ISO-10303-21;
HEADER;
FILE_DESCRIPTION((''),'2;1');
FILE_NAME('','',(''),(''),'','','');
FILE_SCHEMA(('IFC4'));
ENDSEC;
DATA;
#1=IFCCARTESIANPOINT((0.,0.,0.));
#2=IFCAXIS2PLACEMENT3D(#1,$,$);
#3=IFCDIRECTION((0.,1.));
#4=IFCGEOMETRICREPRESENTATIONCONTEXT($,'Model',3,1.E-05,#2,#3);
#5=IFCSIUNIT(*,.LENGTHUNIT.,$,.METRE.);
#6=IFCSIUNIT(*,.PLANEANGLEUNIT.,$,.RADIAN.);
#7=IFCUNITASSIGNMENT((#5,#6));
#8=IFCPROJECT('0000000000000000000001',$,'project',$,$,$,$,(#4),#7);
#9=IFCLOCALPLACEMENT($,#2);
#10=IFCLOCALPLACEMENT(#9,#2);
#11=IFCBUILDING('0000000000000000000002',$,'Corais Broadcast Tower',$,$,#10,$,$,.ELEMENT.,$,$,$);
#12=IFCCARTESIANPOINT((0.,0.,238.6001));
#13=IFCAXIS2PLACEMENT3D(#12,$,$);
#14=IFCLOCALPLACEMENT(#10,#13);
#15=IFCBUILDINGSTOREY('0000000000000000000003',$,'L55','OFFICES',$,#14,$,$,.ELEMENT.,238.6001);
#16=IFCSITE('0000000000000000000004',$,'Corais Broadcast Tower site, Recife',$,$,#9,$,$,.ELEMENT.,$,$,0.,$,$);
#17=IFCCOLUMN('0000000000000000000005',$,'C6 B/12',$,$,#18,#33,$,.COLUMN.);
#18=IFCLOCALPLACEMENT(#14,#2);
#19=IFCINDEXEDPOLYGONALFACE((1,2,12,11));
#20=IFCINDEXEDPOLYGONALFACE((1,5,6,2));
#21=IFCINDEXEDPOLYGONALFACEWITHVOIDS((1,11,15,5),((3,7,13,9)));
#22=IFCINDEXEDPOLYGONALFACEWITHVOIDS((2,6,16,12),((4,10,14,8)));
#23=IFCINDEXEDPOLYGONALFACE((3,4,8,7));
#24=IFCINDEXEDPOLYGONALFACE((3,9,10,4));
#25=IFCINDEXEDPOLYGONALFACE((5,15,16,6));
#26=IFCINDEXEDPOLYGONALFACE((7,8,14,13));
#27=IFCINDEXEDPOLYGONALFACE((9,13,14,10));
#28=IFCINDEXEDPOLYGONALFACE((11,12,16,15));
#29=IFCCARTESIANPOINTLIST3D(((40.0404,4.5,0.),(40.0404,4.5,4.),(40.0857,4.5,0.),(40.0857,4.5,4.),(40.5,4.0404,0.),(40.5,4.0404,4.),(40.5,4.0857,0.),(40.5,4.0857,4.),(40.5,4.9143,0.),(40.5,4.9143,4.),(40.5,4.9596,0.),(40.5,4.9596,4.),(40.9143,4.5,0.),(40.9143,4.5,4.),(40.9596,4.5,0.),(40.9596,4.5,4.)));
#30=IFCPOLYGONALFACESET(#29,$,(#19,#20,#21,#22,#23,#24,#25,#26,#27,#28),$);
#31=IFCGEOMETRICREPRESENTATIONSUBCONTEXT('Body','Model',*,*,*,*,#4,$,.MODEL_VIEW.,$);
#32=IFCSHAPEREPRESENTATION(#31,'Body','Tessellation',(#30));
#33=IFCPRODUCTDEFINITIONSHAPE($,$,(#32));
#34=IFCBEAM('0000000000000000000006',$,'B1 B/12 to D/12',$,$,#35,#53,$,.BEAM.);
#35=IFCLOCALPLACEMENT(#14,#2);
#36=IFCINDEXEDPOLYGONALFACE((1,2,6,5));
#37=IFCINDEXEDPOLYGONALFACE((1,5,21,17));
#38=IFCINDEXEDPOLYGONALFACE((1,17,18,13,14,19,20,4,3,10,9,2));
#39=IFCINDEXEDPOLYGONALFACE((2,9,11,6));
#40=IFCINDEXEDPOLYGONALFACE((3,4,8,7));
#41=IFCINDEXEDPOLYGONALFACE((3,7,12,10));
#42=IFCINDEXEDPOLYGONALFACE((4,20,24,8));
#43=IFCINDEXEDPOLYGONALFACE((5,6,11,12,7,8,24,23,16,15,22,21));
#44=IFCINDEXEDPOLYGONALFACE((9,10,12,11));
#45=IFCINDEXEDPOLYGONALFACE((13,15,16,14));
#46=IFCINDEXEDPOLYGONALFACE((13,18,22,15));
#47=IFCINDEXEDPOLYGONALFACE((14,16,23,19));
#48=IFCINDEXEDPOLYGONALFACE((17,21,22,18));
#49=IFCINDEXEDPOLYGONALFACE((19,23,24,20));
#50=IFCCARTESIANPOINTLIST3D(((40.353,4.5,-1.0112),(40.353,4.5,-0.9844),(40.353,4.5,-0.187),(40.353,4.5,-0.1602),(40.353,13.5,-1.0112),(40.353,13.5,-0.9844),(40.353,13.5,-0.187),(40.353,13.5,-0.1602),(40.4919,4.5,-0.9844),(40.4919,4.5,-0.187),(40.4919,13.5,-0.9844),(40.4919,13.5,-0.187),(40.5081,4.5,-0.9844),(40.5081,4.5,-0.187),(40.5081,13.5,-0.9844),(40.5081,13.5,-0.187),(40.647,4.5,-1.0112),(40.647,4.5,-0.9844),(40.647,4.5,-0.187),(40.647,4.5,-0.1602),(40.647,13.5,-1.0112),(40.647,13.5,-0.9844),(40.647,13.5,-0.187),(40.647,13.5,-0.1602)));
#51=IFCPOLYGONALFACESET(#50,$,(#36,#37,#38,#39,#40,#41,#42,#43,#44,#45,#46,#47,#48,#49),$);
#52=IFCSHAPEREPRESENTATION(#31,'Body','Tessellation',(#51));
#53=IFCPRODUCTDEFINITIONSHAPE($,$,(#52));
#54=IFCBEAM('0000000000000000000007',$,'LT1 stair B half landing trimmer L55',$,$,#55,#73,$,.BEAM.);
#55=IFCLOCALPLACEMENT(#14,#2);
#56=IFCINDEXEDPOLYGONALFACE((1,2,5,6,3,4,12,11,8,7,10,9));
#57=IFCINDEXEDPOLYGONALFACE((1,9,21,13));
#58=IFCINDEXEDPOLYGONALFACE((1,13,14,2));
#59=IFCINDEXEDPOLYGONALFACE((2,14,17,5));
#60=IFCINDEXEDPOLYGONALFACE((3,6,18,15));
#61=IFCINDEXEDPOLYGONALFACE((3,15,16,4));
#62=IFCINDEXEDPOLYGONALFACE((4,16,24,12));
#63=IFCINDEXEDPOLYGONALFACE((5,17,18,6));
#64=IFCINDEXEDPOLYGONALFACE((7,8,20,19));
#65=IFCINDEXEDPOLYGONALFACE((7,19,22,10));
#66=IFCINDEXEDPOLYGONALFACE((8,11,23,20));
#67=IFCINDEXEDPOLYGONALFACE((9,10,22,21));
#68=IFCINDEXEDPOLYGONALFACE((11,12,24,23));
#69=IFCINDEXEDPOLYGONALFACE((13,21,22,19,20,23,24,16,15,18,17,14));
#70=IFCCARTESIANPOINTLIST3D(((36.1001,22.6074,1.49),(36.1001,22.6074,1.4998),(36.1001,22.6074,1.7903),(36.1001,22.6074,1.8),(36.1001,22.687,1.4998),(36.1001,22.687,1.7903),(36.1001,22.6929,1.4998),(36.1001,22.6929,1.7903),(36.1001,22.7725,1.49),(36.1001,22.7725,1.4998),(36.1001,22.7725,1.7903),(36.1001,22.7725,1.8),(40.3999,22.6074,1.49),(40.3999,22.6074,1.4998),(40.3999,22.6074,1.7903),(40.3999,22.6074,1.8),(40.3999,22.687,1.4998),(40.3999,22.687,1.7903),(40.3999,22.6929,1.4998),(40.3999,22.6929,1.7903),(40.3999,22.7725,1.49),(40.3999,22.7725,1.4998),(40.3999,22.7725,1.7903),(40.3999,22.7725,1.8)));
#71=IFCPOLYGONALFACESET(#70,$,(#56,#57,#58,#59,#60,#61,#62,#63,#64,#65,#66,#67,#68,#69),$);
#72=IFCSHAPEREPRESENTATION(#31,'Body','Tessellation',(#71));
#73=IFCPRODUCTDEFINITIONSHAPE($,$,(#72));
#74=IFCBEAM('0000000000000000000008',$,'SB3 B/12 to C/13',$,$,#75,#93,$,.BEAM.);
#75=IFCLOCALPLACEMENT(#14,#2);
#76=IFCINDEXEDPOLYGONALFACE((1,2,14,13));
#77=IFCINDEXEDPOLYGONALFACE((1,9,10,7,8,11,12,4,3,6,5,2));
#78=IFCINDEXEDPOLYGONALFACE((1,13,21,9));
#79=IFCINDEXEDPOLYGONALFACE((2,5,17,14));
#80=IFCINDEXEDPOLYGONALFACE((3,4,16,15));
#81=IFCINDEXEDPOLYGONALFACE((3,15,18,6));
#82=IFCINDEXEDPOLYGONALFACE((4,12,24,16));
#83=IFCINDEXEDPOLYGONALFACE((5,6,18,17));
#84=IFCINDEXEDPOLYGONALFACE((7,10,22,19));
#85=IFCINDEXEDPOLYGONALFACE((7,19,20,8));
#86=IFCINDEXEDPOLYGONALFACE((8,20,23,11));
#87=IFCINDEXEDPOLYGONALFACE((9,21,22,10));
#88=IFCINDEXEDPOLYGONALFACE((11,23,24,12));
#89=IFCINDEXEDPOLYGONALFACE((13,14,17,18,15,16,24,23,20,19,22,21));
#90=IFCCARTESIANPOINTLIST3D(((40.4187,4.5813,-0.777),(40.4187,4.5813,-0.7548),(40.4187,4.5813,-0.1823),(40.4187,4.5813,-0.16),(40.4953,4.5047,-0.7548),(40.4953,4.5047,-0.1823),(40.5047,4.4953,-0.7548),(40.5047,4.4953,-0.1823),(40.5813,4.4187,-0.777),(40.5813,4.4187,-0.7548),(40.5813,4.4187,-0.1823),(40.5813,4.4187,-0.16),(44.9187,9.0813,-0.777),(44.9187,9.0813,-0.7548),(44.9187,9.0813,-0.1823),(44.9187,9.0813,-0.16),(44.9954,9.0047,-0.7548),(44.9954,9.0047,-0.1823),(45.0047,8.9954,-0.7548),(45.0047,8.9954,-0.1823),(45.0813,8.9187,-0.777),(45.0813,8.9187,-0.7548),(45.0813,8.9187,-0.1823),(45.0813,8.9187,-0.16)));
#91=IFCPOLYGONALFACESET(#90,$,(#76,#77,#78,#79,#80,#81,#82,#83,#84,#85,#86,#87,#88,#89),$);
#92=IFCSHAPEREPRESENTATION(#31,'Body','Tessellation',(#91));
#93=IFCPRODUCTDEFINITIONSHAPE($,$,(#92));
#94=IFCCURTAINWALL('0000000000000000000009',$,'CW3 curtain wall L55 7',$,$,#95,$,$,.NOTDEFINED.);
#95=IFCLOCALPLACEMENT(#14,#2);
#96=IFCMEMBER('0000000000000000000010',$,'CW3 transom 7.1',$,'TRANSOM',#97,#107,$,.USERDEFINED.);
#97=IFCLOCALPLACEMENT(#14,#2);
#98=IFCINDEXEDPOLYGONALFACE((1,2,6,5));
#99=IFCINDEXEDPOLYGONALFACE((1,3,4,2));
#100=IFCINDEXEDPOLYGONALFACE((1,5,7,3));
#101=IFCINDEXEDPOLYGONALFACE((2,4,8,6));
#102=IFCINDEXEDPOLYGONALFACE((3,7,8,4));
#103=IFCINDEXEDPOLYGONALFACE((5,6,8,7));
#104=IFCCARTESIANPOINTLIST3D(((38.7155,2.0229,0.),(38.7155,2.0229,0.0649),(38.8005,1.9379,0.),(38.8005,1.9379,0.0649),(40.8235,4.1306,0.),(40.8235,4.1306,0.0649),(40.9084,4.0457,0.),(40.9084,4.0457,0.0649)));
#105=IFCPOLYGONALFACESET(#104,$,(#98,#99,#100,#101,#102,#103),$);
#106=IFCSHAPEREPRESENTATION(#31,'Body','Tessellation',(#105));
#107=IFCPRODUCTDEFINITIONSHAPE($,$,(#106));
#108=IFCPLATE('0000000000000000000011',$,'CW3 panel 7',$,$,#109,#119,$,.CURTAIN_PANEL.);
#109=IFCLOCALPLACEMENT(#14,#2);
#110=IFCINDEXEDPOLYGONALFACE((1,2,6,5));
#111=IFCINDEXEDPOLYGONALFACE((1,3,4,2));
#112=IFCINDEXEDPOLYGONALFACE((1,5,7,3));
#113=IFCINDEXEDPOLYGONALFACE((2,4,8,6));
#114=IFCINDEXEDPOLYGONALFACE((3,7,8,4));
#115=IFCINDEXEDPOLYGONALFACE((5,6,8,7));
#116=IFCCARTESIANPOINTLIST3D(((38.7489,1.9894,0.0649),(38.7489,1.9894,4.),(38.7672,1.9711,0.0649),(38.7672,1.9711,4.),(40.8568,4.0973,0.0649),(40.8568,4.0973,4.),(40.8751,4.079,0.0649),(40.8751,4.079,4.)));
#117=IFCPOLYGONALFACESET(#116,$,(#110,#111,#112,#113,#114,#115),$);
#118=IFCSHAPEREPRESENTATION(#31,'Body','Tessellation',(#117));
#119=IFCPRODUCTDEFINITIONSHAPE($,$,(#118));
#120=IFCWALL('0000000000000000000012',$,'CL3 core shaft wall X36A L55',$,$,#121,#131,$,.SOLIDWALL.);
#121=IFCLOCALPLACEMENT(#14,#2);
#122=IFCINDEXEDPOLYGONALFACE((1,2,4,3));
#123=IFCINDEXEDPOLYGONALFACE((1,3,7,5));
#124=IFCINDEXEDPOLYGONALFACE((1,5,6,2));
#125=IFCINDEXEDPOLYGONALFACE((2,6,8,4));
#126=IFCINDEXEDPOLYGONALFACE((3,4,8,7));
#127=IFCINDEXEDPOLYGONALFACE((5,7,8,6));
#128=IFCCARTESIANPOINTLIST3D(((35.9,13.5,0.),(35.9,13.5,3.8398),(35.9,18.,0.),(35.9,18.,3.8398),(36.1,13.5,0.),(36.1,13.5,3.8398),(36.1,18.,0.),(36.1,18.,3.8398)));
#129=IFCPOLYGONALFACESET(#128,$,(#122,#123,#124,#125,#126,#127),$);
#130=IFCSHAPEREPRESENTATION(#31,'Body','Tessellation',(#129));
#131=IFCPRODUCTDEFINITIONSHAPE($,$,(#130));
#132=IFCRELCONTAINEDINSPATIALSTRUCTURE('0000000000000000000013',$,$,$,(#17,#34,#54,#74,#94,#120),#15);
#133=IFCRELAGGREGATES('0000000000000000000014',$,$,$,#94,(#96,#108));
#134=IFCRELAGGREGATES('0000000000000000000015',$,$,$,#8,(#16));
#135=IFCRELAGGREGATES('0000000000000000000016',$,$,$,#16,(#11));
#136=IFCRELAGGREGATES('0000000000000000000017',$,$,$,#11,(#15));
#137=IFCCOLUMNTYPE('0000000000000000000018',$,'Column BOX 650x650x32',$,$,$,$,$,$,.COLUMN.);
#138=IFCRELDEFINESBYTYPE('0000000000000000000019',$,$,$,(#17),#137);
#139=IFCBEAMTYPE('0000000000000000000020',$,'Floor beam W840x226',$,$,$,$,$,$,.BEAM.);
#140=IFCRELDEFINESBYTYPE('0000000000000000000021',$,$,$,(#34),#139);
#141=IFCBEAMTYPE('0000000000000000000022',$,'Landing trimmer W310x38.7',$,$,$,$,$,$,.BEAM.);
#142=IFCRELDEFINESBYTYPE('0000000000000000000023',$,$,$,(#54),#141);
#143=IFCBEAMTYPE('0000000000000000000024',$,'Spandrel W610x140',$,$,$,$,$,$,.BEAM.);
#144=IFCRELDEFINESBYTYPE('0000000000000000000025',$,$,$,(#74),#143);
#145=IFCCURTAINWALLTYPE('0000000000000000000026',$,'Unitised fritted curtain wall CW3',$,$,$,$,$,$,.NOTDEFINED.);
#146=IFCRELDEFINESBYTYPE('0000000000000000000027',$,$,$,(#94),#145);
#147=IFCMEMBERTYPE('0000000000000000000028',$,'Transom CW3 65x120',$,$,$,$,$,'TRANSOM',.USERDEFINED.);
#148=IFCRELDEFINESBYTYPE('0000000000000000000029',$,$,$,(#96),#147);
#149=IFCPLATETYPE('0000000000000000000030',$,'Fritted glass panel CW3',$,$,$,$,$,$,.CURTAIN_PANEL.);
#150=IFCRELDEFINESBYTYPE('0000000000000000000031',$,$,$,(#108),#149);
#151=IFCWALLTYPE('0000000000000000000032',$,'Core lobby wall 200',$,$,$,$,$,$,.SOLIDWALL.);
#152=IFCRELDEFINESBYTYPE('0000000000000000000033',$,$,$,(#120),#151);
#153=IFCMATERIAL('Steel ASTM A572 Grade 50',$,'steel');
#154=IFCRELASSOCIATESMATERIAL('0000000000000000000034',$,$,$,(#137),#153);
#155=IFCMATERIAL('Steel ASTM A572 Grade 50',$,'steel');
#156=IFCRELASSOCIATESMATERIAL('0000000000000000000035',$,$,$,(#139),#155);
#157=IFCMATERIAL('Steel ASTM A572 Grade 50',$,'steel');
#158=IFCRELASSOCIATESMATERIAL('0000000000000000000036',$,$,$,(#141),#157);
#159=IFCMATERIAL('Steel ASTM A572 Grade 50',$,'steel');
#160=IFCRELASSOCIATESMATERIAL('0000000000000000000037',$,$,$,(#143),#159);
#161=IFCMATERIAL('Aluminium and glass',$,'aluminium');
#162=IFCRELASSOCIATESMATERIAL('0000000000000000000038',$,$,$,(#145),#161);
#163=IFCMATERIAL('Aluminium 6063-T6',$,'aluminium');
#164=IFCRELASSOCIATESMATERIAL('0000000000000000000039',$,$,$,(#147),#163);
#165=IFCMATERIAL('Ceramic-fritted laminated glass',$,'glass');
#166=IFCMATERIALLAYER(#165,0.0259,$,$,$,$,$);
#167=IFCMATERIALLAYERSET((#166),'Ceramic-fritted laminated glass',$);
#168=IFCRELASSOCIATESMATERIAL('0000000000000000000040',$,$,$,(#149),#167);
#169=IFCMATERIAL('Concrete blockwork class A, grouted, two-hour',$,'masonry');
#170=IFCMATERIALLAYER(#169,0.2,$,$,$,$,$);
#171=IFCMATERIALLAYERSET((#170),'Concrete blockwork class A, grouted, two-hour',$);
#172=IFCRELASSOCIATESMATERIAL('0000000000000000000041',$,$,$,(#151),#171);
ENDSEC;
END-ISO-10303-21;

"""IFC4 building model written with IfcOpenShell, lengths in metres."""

from ifc_helpers import new_model, si_unit, direction, frame, frame_2d, origin, origin_2d, place, context, subcontext, project, spatial, rectangle, hollow_rectangle, i_section, extrude, material, layer, layer_set, material_profile, profile_set, type_object, element, aggregate, save


model = new_model("IFC4")

# Units and contexts
model_context = context("Model", 3, precision=1e-05, world=origin(), true_north=direction((0.0, 1.0)))
body_context = subcontext(model_context, "Body", "Model", "MODEL_VIEW")
ifc_project = project(units=[si_unit("LENGTHUNIT", "METRE"), si_unit("PLANEANGLEUNIT", "RADIAN")], contexts=[model_context])

# Site, building, storey
site_placement = place(None, origin())
site = spatial("IfcSite", under=ifc_project, at=site_placement, Name="Corais Broadcast Tower site, Recife", CompositionType="ELEMENT", RefElevation=0.0)
building_placement = place(site_placement, origin())
building = spatial("IfcBuilding", under=site, at=building_placement, Name="Corais Broadcast Tower", CompositionType="ELEMENT")
storey_placement = place(building_placement, frame((0.0, 0.0, 238.6001)))
storey = spatial("IfcBuildingStorey", under=building, at=storey_placement, Name="L55", Description="OFFICES", CompositionType="ELEMENT", Elevation=238.6001)

# Column
ifc_material_1 = material(Name="Steel ASTM A572 Grade 50", Category="steel")
ifc_material_profile_1 = material_profile(ifc_material_1, hollow_rectangle(XDim=0.6499, YDim=0.6499, WallThickness=0.032, at=origin_2d()), Name="BOX 650x650x32")
ifc_profile_set_1 = profile_set([ifc_material_profile_1], Name="Steel ASTM A572 Grade 50")
column_type = type_object("IfcColumnType", Name="Column BOX 650x650x32", PredefinedType="COLUMN", material=ifc_profile_set_1)
column_placement = place(storey_placement, frame((40.5, 4.5, 0.0), z_axis=(0.0, 0.0, 1.0), x_axis=(0.707107, 0.707107, 0.0)))
element("IfcColumn", 1, at=column_placement, inside=storey, type_object=column_type, Name="C6 B/12", PredefinedType="COLUMN", context=body_context, shape_type="SweptSolid", body=[
    extrude(hollow_rectangle(XDim=0.6499, YDim=0.6499, WallThickness=0.032, at=origin_2d()), origin(), (0.0, 0.0, 1.0), 4.0),
])

# Beams
ifc_material_2 = material(Name="Steel ASTM A572 Grade 50", Category="steel")
ifc_material_profile_2 = material_profile(ifc_material_2, i_section(OverallWidth=0.2939, OverallDepth=0.8511, WebThickness=0.0161, FlangeThickness=0.0269, at=origin_2d()), Name="W840x226")
ifc_profile_set_2 = profile_set([ifc_material_profile_2], Name="Steel ASTM A572 Grade 50")
beam_type_1 = type_object("IfcBeamType", Name="Floor beam W840x226", PredefinedType="BEAM", material=ifc_profile_set_2)
beam_1_placement = place(storey_placement, frame((40.5, 4.5, -0.5857), z_axis=(0.0, 1.0, 0.0), x_axis=(-1.0, 0.0, 0.0)))
element("IfcBeam", 2, at=beam_1_placement, inside=storey, type_object=beam_type_1, Name="B1 B/12 to D/12", PredefinedType="BEAM", context=body_context, shape_type="SweptSolid", body=[
    extrude(i_section(OverallWidth=0.2939, OverallDepth=0.8511, WebThickness=0.0161, FlangeThickness=0.0269, at=origin_2d()), origin(), (0.0, 0.0, 1.0), 9.0),
])
ifc_material_3 = material(Name="Steel ASTM A572 Grade 50", Category="steel")
ifc_material_profile_3 = material_profile(ifc_material_3, i_section(OverallWidth=0.165, OverallDepth=0.3101, WebThickness=0.0059, FlangeThickness=0.0098, at=origin_2d()), Name="W310x38.7")
ifc_profile_set_3 = profile_set([ifc_material_profile_3], Name="Steel ASTM A572 Grade 50")
beam_type_2 = type_object("IfcBeamType", Name="Landing trimmer W310x38.7", PredefinedType="BEAM", material=ifc_profile_set_3)
beam_2_placement = place(storey_placement, frame((36.1001, 22.6899, 1.645), z_axis=(1.0, 0.0, 0.0), x_axis=(0.0, 1.0, 0.0)))
element("IfcBeam", 3, at=beam_2_placement, inside=storey, type_object=beam_type_2, Name="LT1 stair B half landing trimmer L55", PredefinedType="BEAM", context=body_context, shape_type="SweptSolid", body=[
    extrude(i_section(OverallWidth=0.165, OverallDepth=0.3101, WebThickness=0.0059, FlangeThickness=0.0098, at=origin_2d()), origin(), (0.0, 0.0, 1.0), 4.2998),
])
ifc_material_4 = material(Name="Steel ASTM A572 Grade 50", Category="steel")
ifc_material_profile_4 = material_profile(ifc_material_4, i_section(OverallWidth=0.23, OverallDepth=0.6169, WebThickness=0.0132, FlangeThickness=0.0222, at=origin_2d()), Name="W610x140")
ifc_profile_set_4 = profile_set([ifc_material_profile_4], Name="Steel ASTM A572 Grade 50")
beam_type_3 = type_object("IfcBeamType", Name="Spandrel W610x140", PredefinedType="BEAM", material=ifc_profile_set_4)
beam_3_placement = place(storey_placement, frame((40.5, 4.5, -0.4685), z_axis=(0.707107, 0.707107, 0.0), x_axis=(-0.707107, 0.707107, 0.0)))
element("IfcBeam", 4, at=beam_3_placement, inside=storey, type_object=beam_type_3, Name="SB3 B/12 to C/13", PredefinedType="BEAM", context=body_context, shape_type="SweptSolid", body=[
    extrude(i_section(OverallWidth=0.23, OverallDepth=0.6169, WebThickness=0.0132, FlangeThickness=0.0222, at=origin_2d()), origin(), (0.0, 0.0, 1.0), 6.364),
])

# Curtain wall, member, plate
ifc_material_5 = material(Name="Aluminium and glass", Category="aluminium")
curtain_wall_type = type_object("IfcCurtainWallType", Name="Unitised fritted curtain wall CW3", PredefinedType="NOTDEFINED", material=ifc_material_5)
curtain_wall_placement = place(storey_placement, origin())
curtain_wall = element("IfcCurtainWall", 5, at=curtain_wall_placement, inside=storey, type_object=curtain_wall_type, Name="CW3 curtain wall L55 7", PredefinedType="NOTDEFINED")
ifc_material_6 = material(Name="Aluminium 6063-T6", Category="aluminium")
ifc_material_profile_5 = material_profile(ifc_material_6, rectangle(XDim=0.1201, YDim=0.0649, at=origin_2d()), Name="Transom CW3 65x120")
ifc_profile_set_5 = profile_set([ifc_material_profile_5], Name="Aluminium 6063-T6")
member_type = type_object("IfcMemberType", Name="Transom CW3 65x120", ElementType="TRANSOM", PredefinedType="USERDEFINED", material=ifc_profile_set_5)
member_placement = place(storey_placement, frame((40.866, 4.0881, 0.0325), z_axis=(-0.707148, -0.707066, 0.0), x_axis=(0.707066, -0.707148, 0.0)))
member = element("IfcMember", 6, at=member_placement, type_object=member_type, Name="CW3 transom 7.1", ObjectType="TRANSOM", PredefinedType="USERDEFINED", context=body_context, shape_type="SweptSolid", body=[
    extrude(rectangle(XDim=0.1201, YDim=0.0649, at=origin_2d()), origin(), (0.0, 0.0, 1.0), 2.981),
])
ifc_material_7 = material(Name="Ceramic-fritted laminated glass", Category="glass")
ifc_layer_1 = layer(ifc_material_7, 0.0259)
ifc_layer_set_1 = layer_set([ifc_layer_1], Name="Ceramic-fritted laminated glass")
plate_type = type_object("IfcPlateType", Name="Fritted glass panel CW3", PredefinedType="CURTAIN_PANEL", material=ifc_layer_set_1)
plate_placement = place(storey_placement, frame((39.812, 3.0342, 0.0649), z_axis=(0.0, 0.0, 1.0), x_axis=(-0.707107, -0.707107, 0.0)))
plate = element("IfcPlate", 7, at=plate_placement, type_object=plate_type, Name="CW3 panel 7", PredefinedType="CURTAIN_PANEL", context=body_context, shape_type="SweptSolid", body=[
    extrude(rectangle(XDim=2.981, YDim=0.0259, at=origin_2d()), origin(), (0.0, 0.0, 1.0), 3.9351),
])
aggregate(curtain_wall, [member, plate])

# Wall
ifc_material_8 = material(Name="Concrete blockwork class A, grouted, two-hour", Category="masonry")
ifc_layer_2 = layer(ifc_material_8, 0.2)
ifc_layer_set_2 = layer_set([ifc_layer_2], Name="Concrete blockwork class A, grouted, two-hour")
wall_type_1 = type_object("IfcWallType", Name="Core lobby wall 200", PredefinedType="SOLIDWALL", material=ifc_layer_set_2)
wall_1_placement = place(storey_placement, frame((36.0, 13.5, 0.0), z_axis=(0.0, 0.0, 1.0), x_axis=(0.0, 1.0, 0.0)))
element("IfcWall", 8, at=wall_1_placement, inside=storey, type_object=wall_type_1, Name="CL3 core shaft wall X36A L55", PredefinedType="SOLIDWALL", context=body_context, shape_type="SweptSolid", body=[
    extrude(rectangle(XDim=4.5, YDim=0.2, at=frame_2d((2.25, 0.0))), origin(), (0.0, 0.0, 1.0), 3.8398),
])

save(model, "model.ifc")
